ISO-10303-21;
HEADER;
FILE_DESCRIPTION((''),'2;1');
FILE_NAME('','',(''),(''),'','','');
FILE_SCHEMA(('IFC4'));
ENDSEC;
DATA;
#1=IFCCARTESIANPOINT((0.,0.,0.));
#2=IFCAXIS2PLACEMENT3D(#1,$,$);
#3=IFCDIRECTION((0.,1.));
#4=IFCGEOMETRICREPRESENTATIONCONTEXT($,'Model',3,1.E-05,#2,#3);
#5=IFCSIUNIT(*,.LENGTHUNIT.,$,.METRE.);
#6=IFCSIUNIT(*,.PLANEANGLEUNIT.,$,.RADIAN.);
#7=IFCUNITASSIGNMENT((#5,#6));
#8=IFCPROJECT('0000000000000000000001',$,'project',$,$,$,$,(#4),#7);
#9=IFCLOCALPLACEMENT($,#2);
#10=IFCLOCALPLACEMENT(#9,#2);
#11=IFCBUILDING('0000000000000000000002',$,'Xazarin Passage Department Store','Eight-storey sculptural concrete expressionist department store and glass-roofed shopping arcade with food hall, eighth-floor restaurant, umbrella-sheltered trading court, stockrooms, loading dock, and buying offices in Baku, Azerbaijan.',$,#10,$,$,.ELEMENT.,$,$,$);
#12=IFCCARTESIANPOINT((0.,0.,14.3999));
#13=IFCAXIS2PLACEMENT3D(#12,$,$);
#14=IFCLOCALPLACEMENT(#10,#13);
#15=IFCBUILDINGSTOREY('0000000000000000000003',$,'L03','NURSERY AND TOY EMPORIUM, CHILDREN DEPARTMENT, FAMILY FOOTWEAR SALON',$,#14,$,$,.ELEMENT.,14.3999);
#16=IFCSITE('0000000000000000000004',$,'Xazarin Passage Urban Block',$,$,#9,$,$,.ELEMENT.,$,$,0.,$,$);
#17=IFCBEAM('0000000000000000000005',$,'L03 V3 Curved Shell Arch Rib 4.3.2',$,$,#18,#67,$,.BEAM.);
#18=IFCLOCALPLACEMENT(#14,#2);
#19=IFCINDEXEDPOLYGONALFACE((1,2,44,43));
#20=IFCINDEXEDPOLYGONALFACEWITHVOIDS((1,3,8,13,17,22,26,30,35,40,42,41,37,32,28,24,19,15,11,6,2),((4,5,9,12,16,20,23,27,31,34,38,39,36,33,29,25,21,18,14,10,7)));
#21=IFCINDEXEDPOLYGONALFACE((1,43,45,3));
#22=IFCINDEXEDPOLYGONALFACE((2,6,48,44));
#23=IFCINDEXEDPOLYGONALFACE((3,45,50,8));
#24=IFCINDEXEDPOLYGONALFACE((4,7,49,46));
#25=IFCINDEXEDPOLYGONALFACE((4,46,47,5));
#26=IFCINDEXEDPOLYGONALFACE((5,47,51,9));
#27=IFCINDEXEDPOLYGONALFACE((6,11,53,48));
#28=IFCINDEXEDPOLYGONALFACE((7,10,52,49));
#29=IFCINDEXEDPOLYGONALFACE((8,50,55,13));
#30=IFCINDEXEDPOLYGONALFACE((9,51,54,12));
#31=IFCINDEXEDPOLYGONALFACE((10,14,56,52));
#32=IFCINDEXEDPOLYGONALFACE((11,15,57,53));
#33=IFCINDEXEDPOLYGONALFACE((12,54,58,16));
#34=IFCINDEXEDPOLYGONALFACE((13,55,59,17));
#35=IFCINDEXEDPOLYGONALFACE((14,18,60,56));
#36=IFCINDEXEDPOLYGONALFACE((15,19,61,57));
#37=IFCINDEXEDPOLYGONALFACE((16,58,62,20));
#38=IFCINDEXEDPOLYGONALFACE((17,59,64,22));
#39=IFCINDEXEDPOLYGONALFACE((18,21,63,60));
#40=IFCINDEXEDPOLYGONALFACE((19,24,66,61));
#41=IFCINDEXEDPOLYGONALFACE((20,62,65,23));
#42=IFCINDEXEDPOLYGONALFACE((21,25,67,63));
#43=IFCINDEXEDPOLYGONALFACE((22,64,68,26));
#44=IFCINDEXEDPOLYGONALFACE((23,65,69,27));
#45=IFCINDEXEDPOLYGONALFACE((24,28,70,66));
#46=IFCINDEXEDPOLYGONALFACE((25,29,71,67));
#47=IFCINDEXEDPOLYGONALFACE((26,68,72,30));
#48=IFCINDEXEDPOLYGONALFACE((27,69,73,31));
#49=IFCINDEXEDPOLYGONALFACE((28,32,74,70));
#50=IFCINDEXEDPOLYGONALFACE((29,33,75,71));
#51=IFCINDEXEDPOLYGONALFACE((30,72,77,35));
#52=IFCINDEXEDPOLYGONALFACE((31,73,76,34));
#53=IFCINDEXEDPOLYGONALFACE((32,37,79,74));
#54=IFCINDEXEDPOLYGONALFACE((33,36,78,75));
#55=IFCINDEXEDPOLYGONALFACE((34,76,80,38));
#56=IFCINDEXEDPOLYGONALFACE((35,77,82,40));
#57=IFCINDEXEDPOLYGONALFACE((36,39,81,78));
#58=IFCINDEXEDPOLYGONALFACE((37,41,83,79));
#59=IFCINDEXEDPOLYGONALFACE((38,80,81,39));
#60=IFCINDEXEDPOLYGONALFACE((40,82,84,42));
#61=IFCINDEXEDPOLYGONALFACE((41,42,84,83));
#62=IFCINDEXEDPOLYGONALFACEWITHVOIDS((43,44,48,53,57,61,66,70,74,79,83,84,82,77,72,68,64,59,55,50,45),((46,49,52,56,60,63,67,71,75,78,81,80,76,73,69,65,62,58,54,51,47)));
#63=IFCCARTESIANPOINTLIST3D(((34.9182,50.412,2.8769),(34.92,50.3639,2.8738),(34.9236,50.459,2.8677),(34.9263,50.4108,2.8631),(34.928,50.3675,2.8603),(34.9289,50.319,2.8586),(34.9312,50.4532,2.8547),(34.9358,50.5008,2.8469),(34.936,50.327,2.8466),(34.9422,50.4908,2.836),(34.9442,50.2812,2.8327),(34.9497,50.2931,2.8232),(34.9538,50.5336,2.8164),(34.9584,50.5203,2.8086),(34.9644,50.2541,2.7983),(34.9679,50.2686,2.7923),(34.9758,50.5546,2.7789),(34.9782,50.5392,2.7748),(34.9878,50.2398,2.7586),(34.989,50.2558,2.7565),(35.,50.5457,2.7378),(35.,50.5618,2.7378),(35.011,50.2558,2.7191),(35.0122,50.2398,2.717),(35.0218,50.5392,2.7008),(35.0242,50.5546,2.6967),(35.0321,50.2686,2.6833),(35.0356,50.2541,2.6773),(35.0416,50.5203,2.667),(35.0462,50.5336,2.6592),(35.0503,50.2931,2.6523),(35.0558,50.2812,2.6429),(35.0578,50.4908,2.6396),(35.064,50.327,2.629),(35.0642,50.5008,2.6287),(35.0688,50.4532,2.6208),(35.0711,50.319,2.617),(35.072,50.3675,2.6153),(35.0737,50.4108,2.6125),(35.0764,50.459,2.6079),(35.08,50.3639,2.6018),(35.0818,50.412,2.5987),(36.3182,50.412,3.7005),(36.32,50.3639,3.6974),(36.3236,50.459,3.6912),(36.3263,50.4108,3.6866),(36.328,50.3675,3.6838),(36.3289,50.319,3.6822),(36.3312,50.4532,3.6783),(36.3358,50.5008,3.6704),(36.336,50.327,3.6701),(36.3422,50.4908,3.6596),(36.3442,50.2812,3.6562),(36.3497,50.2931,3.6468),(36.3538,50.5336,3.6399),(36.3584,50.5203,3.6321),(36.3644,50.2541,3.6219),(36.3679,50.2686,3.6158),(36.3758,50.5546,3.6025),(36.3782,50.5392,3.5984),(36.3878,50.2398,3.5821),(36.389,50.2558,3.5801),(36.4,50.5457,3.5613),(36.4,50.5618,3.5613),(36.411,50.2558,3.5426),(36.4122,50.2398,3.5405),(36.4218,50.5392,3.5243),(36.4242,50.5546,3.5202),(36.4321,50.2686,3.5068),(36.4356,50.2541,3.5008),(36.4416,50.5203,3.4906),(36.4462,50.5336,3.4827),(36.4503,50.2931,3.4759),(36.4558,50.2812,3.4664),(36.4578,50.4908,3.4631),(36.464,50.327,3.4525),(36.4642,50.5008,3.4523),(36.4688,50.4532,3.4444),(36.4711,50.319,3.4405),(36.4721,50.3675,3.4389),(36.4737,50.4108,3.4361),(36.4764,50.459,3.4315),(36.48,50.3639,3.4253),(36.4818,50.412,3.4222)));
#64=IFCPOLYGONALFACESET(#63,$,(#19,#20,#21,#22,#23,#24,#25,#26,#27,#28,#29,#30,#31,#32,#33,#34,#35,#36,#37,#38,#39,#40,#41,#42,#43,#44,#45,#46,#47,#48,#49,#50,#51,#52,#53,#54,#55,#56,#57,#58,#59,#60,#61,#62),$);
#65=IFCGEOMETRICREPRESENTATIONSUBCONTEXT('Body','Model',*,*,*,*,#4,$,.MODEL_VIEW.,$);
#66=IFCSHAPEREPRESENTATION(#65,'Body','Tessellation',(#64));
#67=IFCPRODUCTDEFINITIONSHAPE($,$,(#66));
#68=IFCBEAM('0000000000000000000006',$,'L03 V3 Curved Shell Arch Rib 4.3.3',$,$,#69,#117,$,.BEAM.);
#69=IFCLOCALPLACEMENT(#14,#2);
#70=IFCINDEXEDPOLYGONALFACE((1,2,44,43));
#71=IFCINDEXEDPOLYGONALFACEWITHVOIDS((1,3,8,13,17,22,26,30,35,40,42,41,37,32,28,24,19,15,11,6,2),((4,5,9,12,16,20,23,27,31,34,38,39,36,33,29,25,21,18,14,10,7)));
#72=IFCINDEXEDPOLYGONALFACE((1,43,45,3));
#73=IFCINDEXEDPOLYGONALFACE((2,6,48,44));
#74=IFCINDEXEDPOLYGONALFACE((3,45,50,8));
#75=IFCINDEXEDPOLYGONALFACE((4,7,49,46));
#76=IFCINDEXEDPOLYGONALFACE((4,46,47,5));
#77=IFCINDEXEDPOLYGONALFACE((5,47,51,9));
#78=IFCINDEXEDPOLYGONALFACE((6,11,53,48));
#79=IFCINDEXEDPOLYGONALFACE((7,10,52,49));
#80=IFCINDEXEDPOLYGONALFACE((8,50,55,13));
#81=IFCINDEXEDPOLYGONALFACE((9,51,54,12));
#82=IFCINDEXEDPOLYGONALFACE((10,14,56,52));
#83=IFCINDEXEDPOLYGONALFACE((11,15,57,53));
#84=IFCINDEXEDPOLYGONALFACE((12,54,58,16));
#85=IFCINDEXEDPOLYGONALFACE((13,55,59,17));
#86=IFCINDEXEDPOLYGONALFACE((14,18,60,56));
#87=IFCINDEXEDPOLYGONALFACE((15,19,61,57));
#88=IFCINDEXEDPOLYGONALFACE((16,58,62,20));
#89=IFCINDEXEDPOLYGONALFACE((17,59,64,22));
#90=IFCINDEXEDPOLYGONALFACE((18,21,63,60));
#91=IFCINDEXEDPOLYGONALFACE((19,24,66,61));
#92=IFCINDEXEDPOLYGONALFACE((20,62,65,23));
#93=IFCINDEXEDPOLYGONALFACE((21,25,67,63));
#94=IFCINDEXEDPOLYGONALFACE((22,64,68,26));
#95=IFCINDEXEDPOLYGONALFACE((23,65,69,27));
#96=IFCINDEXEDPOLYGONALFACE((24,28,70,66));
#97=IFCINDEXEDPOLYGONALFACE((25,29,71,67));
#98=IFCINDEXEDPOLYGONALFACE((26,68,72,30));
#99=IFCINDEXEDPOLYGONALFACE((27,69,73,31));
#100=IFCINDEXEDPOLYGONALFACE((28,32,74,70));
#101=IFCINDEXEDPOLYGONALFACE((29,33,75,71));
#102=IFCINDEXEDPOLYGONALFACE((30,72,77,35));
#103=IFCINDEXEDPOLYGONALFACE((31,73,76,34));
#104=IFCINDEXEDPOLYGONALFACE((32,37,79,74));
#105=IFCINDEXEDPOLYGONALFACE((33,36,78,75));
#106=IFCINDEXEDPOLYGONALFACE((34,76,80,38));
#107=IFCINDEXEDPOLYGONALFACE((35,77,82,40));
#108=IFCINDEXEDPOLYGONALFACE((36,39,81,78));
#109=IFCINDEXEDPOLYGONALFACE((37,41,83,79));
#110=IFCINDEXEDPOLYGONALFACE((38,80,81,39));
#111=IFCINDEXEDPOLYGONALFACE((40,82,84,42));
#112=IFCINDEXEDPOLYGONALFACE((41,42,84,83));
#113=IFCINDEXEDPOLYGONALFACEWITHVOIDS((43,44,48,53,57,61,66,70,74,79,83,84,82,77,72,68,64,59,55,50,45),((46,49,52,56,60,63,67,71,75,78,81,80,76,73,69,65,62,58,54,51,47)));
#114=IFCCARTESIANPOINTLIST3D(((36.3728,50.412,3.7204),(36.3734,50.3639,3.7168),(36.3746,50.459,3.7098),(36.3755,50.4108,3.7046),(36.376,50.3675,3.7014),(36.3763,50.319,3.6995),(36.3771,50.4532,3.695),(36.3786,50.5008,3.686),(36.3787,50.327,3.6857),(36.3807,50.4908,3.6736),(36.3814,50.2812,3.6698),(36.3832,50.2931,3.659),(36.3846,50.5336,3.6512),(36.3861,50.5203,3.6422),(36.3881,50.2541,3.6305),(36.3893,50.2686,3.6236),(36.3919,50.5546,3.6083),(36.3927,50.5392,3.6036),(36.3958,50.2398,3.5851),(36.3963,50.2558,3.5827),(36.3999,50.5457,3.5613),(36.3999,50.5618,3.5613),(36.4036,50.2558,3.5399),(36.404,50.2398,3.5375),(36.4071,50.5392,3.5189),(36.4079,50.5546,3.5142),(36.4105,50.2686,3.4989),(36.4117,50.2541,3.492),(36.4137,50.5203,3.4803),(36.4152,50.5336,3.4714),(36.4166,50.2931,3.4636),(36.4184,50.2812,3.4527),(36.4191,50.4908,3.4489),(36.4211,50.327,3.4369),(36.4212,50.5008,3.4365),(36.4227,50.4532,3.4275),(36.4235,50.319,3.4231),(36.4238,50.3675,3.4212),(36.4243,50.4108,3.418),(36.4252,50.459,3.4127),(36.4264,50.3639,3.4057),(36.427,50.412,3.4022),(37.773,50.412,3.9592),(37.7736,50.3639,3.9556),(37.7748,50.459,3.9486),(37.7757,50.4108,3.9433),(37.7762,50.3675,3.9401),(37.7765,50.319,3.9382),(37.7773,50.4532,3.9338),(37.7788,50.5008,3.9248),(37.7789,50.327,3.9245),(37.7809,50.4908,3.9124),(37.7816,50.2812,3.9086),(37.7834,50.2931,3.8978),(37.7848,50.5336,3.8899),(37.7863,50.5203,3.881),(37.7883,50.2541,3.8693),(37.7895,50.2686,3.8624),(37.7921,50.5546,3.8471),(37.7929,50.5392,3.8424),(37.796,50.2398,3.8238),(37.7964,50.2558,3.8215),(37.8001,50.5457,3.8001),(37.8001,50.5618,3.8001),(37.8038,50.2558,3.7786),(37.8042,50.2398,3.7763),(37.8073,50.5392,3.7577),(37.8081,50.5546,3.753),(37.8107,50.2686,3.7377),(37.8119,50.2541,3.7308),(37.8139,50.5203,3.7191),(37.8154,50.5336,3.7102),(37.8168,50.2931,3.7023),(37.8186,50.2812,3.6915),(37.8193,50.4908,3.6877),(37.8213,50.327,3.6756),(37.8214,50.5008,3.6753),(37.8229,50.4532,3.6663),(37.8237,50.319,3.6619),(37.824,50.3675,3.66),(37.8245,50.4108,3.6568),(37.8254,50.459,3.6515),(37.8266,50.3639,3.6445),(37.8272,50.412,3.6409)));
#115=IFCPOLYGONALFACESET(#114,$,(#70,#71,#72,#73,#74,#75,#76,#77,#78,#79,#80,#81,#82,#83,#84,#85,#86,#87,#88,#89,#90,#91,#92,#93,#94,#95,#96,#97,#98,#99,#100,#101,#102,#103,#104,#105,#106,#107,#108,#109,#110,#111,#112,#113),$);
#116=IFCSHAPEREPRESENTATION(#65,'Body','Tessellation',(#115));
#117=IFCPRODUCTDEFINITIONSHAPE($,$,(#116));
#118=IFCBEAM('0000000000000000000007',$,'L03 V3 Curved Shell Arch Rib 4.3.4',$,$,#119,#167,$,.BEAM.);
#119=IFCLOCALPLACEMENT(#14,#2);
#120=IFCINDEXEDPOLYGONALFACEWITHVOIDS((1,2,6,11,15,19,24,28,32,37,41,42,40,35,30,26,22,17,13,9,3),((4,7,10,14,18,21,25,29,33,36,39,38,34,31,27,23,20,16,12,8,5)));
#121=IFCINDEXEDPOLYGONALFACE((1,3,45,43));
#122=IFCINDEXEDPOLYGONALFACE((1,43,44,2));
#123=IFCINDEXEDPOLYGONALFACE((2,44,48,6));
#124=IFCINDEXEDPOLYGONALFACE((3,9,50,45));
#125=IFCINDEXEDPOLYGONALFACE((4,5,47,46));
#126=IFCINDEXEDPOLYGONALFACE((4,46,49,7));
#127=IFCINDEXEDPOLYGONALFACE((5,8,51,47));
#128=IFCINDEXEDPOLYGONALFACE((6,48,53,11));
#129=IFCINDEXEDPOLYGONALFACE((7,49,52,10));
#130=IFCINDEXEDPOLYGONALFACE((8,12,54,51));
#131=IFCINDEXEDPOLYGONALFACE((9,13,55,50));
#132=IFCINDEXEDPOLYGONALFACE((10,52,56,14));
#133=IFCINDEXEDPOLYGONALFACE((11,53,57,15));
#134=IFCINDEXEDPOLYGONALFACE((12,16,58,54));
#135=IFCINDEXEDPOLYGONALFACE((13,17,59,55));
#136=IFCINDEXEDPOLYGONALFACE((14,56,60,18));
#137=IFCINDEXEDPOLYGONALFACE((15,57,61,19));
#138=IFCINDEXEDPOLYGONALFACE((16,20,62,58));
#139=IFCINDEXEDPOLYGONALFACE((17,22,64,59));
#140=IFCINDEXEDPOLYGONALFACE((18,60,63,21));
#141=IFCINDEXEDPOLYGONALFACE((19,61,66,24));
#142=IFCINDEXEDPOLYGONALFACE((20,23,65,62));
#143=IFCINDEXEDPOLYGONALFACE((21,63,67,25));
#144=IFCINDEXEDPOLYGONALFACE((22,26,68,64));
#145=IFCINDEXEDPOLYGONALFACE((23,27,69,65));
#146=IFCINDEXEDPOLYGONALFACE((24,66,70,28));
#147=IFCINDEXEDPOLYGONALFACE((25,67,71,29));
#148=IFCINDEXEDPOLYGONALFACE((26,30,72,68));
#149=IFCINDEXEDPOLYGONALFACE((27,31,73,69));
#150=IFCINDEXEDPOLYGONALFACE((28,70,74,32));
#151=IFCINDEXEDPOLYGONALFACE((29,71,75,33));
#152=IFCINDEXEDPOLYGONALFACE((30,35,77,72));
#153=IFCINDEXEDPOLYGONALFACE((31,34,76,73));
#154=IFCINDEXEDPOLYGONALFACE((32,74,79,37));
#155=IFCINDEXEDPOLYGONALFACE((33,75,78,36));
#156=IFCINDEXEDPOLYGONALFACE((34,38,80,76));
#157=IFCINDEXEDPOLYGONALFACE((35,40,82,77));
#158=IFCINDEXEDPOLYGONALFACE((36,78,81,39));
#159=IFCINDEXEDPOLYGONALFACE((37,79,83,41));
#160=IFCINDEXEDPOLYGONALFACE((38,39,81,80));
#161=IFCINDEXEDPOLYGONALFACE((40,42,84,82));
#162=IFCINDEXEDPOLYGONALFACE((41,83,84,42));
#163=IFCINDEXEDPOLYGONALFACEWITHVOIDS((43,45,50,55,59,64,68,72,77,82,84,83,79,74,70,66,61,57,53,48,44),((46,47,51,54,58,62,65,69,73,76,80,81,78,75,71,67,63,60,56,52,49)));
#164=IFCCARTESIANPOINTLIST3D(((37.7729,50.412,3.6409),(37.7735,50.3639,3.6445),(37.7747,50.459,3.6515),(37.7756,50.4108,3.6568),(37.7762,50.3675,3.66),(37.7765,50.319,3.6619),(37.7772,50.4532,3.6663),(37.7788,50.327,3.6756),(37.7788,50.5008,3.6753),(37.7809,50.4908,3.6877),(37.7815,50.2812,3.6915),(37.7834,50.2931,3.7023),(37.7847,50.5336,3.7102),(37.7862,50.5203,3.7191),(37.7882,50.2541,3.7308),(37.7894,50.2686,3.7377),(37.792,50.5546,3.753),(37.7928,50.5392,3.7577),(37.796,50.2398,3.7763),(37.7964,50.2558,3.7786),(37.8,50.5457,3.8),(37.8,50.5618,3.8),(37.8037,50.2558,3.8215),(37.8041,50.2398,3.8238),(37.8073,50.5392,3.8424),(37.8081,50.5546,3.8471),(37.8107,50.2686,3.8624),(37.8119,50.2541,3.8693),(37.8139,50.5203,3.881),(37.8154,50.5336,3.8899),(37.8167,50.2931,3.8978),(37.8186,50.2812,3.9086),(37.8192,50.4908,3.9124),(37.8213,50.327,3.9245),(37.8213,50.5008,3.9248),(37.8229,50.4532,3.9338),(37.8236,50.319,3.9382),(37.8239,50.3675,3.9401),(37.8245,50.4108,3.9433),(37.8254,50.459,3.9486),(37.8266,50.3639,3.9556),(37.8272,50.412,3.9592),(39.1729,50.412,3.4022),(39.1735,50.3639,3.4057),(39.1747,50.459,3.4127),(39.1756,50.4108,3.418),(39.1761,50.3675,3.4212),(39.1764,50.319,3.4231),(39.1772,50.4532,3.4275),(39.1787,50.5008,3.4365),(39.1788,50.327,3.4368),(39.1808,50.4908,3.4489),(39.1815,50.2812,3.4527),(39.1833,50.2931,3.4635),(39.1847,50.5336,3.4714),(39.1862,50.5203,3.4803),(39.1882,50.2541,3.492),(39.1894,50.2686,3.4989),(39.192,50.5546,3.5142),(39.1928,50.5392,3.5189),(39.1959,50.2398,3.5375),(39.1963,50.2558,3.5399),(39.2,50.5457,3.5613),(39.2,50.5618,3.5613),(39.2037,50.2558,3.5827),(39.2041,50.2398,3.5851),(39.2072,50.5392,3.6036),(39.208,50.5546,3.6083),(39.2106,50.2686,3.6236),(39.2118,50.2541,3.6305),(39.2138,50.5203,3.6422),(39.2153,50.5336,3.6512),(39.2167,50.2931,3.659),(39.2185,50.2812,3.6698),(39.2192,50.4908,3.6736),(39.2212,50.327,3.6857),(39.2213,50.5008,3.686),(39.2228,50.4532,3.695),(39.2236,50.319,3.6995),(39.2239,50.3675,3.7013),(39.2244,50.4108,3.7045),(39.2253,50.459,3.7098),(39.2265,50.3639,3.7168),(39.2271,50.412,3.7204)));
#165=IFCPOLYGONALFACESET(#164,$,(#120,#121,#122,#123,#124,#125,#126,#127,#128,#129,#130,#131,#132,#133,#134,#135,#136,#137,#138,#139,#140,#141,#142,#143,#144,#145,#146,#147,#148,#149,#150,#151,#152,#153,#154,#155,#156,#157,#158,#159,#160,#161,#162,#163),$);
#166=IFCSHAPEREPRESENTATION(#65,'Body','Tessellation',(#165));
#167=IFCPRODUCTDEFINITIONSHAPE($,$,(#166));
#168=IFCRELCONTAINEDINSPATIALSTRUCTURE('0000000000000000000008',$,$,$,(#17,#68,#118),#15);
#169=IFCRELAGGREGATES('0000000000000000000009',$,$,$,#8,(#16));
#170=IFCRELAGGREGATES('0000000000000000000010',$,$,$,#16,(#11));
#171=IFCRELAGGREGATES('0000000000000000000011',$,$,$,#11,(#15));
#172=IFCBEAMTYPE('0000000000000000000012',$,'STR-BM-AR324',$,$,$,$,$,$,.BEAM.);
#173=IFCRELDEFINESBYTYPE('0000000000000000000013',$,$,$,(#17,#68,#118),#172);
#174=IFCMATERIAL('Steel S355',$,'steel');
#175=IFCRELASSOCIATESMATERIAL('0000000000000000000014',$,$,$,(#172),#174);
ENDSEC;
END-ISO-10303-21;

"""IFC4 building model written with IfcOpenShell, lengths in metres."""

from ifc_helpers import new_model, si_unit, direction, frame, origin, origin_2d, place, context, subcontext, project, spatial, hollow_circle, extrude, material, material_profile, profile_set, type_object, element, save


model = new_model("IFC4")

# Units and contexts
model_context = context("Model", 3, precision=1e-05, world=origin(), true_north=direction((0.0, 1.0)))
body_context = subcontext(model_context, "Body", "Model", "MODEL_VIEW")
ifc_project = project(units=[si_unit("LENGTHUNIT", "METRE"), si_unit("PLANEANGLEUNIT", "RADIAN")], contexts=[model_context])

# Site, building, storey
site_placement = place(None, origin())
site = spatial("IfcSite", under=ifc_project, at=site_placement, Name="Xazarin Passage Urban Block", CompositionType="ELEMENT", RefElevation=0.0)
building_placement = place(site_placement, origin())
building = spatial("IfcBuilding", under=site, at=building_placement, Name="Xazarin Passage Department Store", Description="Eight-storey sculptural concrete expressionist department store and glass-roofed shopping arcade with food hall, eighth-floor restaurant, umbrella-sheltered trading court, stockrooms, loading dock, and buying offices in Baku, Azerbaijan.", CompositionType="ELEMENT")
storey_placement = place(building_placement, frame((0.0, 0.0, 14.3999)))
storey = spatial("IfcBuildingStorey", under=building, at=storey_placement, Name="L03", Description="NURSERY AND TOY EMPORIUM, CHILDREN DEPARTMENT, FAMILY FOOTWEAR SALON", CompositionType="ELEMENT", Elevation=14.3999)

# Beams
ifc_material_1 = material(Name="Steel S355", Category="steel")
ifc_material_profile_1 = material_profile(ifc_material_1, hollow_circle(Radius=0.1619, WallThickness=0.0161, at=origin_2d()), Name="CHS 323.9x16")
ifc_profile_set_1 = profile_set([ifc_material_profile_1], Name="Steel S355")
beam_type_1 = type_object("IfcBeamType", Name="STR-BM-AR324", PredefinedType="BEAM", material=ifc_profile_set_1)
beam_1_placement = place(storey_placement, frame((35.0, 50.3999, 2.7378), z_axis=(0.86193, 0.0, 0.507027), x_axis=(0.0, 1.0, 0.0)))
element("IfcBeam", 1, at=beam_1_placement, inside=storey, type_object=beam_type_1, Name="L03 V3 Curved Shell Arch Rib 4.3.2", PredefinedType="BEAM", context=body_context, shape_type="SweptSolid", body=[
    extrude(hollow_circle(Radius=0.1619, WallThickness=0.0161, at=origin_2d()), origin(), (0.0, 0.0, 1.0), 1.6243),
])
beam_2_placement = place(storey_placement, frame((36.3999, 50.3999, 3.5613), z_axis=(0.985769, 0.0, 0.168105), x_axis=(0.0, 1.0, 0.0)))
element("IfcBeam", 2, at=beam_2_placement, inside=storey, type_object=beam_type_1, Name="L03 V3 Curved Shell Arch Rib 4.3.3", PredefinedType="BEAM", context=body_context, shape_type="SweptSolid", body=[
    extrude(hollow_circle(Radius=0.1619, WallThickness=0.0161, at=origin_2d()), origin(), (0.0, 0.0, 1.0), 1.4204),
])
beam_3_placement = place(storey_placement, frame((37.8, 50.3999, 3.8), z_axis=(0.985764, 0.0, -0.168133), x_axis=(0.0, 1.0, 0.0)))
element("IfcBeam", 3, at=beam_3_placement, inside=storey, type_object=beam_type_1, Name="L03 V3 Curved Shell Arch Rib 4.3.4", PredefinedType="BEAM", context=body_context, shape_type="SweptSolid", body=[
    extrude(hollow_circle(Radius=0.1619, WallThickness=0.0161, at=origin_2d()), origin(), (0.0, 0.0, 1.0), 1.4202),
])

save(model, "model.ifc")
